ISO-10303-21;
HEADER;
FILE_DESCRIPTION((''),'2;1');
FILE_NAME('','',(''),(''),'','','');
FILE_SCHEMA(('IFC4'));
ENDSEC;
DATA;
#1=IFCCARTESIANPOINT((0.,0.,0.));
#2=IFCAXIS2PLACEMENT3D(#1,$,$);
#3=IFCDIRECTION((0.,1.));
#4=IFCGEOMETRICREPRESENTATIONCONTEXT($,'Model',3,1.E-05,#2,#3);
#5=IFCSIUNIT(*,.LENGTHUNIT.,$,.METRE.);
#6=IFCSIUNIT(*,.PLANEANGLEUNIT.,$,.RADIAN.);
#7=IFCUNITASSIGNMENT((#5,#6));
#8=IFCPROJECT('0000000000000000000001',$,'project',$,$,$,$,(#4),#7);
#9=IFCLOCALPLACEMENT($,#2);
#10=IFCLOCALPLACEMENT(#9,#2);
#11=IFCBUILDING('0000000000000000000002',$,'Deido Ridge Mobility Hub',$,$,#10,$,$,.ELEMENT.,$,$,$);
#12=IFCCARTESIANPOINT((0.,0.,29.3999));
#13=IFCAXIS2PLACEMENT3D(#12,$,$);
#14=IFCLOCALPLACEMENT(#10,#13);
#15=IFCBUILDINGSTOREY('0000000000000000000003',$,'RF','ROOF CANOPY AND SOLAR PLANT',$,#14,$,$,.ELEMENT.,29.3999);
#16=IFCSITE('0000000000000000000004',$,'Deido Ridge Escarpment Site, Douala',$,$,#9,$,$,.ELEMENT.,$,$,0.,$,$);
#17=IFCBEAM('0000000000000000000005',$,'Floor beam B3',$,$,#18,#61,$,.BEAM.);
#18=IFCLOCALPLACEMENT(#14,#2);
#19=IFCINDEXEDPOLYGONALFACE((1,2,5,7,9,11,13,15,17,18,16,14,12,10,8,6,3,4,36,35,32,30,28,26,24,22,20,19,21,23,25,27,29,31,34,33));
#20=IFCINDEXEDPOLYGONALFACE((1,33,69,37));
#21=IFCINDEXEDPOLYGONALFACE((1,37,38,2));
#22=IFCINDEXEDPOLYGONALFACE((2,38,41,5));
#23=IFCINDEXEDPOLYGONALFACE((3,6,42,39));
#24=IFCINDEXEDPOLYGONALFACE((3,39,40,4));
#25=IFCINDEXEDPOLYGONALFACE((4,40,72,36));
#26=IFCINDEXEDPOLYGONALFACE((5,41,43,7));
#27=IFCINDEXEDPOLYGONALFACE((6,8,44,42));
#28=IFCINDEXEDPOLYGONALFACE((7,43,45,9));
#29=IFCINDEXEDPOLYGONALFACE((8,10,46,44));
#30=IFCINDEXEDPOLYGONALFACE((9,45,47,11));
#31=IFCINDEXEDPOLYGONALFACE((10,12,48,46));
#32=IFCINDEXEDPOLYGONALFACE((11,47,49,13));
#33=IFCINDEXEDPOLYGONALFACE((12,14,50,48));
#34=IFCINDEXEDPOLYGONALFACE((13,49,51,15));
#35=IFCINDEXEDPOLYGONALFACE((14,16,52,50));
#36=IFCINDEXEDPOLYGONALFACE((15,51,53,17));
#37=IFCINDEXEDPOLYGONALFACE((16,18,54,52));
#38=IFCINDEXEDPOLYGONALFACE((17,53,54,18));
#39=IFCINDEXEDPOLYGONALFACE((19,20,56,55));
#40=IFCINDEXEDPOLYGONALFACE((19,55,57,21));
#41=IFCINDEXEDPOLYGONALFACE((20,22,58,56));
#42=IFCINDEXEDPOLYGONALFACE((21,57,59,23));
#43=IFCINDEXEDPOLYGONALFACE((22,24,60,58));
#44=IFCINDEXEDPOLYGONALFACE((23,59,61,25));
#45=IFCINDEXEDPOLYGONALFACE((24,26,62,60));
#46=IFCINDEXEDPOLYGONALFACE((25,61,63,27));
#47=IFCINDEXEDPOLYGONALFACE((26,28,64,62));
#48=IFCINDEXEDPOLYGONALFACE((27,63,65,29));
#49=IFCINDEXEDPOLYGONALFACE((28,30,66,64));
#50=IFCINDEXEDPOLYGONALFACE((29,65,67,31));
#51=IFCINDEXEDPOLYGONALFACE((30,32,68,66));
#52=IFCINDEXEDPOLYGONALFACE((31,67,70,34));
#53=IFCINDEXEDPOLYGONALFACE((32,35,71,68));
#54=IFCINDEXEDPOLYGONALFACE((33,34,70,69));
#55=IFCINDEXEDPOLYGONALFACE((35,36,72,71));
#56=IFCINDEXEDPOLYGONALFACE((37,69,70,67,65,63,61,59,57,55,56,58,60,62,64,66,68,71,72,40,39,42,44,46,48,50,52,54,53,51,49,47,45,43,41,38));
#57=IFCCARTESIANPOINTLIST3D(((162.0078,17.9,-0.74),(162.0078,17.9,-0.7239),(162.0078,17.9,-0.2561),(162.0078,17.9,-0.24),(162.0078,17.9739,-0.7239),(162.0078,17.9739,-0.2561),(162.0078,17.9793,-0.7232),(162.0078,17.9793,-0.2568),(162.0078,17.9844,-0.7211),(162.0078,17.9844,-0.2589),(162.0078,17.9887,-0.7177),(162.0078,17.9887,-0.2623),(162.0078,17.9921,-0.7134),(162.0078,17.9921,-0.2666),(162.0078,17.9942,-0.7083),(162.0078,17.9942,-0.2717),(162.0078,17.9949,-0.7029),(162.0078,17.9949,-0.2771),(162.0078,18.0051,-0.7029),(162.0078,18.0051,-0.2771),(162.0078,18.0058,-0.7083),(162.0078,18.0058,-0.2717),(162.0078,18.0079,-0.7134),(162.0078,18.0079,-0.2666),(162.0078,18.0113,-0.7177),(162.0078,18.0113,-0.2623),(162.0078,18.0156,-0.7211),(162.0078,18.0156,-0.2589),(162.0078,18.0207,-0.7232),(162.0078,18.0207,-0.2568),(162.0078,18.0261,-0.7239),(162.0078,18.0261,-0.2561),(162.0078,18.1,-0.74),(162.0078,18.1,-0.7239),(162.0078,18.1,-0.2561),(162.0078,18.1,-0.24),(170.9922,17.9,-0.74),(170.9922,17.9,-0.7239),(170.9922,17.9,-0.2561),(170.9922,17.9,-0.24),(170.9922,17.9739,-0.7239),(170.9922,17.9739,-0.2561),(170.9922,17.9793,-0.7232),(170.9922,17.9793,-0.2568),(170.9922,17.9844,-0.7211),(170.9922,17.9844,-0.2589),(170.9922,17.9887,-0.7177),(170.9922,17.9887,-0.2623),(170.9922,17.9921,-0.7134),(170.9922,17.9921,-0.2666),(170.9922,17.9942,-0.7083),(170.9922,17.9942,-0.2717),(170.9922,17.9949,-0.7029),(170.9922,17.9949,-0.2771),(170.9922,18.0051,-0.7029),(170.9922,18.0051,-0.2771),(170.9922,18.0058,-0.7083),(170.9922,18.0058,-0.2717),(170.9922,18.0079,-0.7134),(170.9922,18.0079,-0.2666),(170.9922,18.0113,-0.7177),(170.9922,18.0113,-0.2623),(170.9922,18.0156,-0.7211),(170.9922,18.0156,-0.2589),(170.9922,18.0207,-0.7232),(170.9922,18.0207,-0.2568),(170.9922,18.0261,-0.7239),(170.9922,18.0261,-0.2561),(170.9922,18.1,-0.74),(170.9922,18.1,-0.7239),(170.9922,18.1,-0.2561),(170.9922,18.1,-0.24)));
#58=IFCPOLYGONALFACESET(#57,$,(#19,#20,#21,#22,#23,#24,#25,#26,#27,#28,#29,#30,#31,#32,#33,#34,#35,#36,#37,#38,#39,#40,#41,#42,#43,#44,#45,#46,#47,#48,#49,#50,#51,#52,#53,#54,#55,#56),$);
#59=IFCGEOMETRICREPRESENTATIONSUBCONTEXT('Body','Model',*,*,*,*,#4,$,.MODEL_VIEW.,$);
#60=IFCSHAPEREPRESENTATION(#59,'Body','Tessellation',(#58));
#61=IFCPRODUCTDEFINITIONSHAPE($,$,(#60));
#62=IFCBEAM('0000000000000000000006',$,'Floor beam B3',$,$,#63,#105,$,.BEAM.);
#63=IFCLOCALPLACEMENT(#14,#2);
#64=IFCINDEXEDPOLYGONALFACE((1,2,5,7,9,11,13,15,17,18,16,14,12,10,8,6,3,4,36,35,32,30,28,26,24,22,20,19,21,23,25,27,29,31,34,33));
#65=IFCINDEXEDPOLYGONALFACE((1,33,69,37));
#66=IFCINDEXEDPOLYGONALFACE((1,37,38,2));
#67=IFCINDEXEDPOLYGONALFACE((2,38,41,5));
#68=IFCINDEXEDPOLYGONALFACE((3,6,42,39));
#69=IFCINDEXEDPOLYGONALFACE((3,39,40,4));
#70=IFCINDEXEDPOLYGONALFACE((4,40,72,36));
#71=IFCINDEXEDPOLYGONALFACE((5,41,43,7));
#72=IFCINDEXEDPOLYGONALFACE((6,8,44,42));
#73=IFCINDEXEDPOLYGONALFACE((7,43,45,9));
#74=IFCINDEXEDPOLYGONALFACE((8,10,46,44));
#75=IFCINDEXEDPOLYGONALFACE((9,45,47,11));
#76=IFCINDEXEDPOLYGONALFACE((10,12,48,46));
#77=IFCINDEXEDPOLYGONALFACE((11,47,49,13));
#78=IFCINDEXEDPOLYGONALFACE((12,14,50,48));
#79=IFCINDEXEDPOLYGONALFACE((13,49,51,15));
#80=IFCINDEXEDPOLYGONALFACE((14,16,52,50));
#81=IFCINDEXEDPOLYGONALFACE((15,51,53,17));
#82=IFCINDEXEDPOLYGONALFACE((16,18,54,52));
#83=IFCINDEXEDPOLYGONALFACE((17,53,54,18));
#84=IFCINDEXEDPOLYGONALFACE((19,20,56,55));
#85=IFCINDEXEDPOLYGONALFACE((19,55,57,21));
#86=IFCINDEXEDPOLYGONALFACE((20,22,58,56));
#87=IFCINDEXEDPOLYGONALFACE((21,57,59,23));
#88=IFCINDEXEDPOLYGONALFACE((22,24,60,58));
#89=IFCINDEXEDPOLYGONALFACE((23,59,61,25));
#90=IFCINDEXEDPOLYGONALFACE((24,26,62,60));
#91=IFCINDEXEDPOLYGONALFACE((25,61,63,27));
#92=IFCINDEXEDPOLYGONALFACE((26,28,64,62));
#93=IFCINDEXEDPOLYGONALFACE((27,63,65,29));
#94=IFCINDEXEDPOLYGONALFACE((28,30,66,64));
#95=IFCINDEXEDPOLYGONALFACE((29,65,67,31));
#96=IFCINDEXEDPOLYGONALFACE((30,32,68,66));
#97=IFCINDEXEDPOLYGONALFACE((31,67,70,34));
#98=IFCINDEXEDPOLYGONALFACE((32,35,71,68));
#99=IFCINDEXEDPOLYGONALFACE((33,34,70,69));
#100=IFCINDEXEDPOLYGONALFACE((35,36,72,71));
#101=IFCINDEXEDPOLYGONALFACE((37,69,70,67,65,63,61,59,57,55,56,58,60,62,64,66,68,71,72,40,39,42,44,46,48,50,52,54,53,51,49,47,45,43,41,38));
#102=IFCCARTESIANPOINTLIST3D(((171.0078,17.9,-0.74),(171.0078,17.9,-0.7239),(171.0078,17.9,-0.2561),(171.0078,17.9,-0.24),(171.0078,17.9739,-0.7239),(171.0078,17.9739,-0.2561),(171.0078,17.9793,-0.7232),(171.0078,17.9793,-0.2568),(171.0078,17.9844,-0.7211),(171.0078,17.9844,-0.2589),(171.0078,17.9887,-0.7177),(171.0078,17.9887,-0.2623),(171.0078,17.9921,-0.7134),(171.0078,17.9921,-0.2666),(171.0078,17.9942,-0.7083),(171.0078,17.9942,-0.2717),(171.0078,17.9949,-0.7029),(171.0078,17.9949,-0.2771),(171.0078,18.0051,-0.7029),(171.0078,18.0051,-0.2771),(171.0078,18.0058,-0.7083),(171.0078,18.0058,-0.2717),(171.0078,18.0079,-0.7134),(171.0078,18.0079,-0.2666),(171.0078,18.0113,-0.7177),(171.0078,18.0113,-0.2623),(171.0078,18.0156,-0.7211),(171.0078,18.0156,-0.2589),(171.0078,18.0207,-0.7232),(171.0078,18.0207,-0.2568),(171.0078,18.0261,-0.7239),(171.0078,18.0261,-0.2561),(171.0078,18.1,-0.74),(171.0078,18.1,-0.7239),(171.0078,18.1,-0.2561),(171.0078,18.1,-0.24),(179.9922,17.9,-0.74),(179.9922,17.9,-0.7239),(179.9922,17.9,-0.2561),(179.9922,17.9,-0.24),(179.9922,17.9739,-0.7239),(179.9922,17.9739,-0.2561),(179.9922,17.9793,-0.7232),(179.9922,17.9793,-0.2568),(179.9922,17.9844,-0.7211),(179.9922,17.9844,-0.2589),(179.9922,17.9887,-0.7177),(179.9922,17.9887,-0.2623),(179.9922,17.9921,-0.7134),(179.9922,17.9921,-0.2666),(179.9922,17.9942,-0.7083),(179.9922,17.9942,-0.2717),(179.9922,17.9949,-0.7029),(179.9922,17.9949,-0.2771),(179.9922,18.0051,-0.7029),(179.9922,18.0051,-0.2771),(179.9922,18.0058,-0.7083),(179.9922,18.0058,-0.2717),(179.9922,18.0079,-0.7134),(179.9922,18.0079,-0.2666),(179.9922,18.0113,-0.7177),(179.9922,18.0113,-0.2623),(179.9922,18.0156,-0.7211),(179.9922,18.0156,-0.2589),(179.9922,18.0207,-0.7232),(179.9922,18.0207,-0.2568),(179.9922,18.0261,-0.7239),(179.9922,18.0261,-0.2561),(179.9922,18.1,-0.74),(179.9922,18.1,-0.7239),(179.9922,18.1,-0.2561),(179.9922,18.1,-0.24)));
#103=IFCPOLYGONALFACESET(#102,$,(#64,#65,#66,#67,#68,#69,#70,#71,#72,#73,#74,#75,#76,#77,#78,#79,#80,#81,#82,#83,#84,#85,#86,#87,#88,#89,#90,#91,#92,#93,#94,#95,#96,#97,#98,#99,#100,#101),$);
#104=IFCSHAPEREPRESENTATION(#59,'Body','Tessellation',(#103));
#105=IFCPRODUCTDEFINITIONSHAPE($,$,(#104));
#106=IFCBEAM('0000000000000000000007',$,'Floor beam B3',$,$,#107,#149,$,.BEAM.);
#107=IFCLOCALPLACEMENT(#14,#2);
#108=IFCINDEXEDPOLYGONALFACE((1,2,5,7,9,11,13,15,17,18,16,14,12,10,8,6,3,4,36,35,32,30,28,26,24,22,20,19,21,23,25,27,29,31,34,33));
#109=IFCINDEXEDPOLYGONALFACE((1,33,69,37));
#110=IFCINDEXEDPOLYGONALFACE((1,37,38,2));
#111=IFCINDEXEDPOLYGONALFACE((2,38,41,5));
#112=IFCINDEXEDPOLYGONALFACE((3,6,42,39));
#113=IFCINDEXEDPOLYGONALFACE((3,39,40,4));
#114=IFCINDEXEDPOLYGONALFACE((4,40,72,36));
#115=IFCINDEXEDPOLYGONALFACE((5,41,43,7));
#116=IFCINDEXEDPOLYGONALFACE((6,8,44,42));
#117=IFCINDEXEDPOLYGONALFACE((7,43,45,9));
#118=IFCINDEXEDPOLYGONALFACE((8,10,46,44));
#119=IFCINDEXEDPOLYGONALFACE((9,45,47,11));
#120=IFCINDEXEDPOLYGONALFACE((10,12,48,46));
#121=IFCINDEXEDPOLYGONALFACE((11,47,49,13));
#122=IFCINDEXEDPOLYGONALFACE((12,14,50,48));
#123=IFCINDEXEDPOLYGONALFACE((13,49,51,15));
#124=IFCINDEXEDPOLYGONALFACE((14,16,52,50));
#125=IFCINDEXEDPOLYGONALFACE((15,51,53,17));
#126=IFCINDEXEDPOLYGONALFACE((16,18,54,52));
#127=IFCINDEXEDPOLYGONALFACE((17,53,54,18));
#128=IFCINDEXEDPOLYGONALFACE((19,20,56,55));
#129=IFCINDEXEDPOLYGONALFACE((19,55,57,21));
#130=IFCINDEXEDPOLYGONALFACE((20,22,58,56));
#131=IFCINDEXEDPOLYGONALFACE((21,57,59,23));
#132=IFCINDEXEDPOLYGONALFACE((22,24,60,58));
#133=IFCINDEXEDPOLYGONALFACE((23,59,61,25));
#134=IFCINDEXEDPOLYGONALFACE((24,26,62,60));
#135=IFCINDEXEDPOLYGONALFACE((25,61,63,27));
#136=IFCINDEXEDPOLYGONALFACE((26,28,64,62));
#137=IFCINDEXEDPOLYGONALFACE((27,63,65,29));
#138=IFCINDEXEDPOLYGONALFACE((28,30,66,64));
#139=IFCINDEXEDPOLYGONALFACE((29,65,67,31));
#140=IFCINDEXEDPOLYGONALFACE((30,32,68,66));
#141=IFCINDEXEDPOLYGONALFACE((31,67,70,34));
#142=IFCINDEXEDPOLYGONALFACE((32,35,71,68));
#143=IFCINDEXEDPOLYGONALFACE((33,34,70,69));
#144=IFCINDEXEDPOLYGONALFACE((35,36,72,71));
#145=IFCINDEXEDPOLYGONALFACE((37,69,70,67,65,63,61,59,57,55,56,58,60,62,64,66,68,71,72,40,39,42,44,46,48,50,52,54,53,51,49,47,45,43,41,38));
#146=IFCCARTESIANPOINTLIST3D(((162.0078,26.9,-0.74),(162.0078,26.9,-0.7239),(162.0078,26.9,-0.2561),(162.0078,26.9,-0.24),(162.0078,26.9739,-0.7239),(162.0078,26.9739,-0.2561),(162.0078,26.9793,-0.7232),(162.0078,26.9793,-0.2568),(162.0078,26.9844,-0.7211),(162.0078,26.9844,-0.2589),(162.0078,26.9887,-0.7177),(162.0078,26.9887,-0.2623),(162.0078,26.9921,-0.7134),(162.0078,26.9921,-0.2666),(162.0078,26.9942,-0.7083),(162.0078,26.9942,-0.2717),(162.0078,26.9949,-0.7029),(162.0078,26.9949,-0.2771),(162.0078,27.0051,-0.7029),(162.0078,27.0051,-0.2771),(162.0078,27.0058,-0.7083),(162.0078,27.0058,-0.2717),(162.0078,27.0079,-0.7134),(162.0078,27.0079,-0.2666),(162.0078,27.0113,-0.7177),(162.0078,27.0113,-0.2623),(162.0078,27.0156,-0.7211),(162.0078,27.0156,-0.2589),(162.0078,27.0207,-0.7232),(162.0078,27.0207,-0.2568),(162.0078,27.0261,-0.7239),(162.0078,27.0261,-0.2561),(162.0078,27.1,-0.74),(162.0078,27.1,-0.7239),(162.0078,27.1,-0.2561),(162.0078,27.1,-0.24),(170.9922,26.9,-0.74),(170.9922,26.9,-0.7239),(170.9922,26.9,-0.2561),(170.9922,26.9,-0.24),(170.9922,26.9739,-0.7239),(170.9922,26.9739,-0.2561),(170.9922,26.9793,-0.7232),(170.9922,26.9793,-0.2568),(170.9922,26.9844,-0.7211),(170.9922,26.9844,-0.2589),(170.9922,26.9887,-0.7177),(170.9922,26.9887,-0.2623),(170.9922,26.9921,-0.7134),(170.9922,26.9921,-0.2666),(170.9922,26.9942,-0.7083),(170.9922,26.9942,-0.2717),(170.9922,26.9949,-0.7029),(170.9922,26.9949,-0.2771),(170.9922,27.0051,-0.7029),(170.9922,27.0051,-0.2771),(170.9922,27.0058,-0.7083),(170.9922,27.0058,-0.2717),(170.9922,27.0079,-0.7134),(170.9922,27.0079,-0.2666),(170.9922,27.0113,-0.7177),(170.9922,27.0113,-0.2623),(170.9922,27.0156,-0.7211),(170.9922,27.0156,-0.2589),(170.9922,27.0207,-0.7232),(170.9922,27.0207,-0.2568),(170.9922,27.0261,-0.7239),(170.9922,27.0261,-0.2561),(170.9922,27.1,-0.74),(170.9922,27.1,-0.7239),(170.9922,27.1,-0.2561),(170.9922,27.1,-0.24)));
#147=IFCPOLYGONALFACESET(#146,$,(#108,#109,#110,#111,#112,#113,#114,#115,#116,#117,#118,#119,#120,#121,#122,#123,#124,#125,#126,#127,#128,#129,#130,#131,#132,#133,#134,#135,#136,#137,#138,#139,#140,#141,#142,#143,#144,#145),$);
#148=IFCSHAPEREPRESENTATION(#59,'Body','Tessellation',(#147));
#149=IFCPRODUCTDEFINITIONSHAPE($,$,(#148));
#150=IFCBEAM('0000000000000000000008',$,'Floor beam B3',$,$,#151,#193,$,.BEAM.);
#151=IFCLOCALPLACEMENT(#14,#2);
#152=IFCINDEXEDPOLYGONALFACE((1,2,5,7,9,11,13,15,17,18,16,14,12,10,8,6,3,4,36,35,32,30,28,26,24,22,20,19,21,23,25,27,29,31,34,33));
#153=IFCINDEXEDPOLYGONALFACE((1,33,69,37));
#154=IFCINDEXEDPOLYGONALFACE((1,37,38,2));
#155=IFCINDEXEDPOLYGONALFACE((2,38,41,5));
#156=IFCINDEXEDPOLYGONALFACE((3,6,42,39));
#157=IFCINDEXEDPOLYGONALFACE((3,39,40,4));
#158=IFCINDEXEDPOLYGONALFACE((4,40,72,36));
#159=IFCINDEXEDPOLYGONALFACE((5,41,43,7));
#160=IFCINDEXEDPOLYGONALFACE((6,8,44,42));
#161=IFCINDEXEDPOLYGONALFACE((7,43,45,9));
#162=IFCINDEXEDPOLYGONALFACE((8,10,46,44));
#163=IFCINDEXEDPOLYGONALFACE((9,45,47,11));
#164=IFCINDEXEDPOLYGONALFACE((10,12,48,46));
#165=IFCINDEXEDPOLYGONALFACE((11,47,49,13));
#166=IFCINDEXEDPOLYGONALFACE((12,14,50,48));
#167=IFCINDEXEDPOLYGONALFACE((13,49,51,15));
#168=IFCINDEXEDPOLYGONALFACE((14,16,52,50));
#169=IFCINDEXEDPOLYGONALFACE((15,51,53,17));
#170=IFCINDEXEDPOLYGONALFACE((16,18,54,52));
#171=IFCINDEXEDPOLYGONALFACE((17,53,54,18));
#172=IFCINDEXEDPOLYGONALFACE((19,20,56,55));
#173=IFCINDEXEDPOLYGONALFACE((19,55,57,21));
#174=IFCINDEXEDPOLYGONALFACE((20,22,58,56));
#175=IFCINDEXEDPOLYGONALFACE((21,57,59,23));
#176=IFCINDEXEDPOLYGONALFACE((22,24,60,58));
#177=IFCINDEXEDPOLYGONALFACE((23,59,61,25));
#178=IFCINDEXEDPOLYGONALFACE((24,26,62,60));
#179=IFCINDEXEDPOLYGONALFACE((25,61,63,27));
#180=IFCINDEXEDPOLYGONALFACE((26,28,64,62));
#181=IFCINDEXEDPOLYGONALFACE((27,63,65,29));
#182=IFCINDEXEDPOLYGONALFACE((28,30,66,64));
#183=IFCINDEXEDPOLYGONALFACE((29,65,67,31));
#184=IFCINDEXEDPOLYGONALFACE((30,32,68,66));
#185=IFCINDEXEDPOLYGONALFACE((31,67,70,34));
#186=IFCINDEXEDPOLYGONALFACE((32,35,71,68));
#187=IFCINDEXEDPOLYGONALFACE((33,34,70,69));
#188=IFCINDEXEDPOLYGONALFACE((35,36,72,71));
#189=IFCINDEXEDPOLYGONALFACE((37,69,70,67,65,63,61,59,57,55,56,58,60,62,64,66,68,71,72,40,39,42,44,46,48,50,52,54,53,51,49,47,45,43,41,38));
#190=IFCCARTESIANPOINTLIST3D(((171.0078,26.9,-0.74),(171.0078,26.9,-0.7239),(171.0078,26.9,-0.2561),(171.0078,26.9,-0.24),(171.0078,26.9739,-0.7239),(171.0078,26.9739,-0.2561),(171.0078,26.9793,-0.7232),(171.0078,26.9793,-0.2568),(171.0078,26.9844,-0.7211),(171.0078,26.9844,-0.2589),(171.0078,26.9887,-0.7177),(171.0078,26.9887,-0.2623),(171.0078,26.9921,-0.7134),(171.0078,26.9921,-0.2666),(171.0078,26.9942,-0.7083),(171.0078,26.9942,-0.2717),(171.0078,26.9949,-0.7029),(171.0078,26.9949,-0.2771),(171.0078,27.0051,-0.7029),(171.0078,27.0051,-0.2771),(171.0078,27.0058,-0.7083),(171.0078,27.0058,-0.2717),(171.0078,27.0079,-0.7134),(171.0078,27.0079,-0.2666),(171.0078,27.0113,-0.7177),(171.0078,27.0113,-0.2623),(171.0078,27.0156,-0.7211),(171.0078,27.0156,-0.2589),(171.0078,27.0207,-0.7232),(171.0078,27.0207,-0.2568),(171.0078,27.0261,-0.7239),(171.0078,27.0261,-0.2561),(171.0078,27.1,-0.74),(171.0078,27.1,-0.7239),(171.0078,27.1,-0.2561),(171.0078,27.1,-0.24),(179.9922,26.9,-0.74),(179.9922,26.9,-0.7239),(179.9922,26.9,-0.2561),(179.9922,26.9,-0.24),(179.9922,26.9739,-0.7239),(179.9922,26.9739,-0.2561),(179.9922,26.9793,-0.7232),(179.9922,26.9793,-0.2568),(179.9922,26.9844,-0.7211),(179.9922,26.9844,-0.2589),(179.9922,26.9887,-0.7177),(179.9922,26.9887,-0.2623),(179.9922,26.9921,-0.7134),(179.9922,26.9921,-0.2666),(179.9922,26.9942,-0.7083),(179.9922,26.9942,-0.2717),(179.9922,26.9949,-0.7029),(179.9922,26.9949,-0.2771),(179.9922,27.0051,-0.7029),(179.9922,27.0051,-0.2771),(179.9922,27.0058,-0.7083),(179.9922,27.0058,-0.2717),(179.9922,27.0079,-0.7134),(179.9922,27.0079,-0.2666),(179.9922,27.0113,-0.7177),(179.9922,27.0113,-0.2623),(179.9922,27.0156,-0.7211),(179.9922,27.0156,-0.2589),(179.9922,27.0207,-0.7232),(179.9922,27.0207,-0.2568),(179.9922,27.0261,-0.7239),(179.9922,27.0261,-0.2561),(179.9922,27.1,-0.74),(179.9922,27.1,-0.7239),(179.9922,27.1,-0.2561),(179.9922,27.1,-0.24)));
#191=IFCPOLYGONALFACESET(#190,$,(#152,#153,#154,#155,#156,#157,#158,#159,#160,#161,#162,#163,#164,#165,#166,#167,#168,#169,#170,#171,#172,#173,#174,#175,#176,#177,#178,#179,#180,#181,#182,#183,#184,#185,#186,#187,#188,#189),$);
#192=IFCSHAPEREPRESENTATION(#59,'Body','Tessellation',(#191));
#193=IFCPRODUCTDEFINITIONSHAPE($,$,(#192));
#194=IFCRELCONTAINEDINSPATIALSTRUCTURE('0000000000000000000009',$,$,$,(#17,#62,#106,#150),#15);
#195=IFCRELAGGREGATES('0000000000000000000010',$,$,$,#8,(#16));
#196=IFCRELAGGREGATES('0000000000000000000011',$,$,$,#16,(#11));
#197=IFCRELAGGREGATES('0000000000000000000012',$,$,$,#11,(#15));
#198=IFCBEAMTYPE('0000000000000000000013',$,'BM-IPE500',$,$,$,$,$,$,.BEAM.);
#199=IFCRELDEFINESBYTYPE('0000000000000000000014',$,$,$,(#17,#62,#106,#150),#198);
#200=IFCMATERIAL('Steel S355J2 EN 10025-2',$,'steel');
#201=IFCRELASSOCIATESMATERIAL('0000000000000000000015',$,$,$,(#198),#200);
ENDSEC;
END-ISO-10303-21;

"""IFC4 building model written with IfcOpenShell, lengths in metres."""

from ifc_helpers import new_model, si_unit, direction, frame, origin, origin_2d, place, context, subcontext, project, spatial, i_section, extrude, material, material_profile, profile_set, type_object, element, save


model = new_model("IFC4")

# Units and contexts
model_context = context("Model", 3, precision=1e-05, world=origin(), true_north=direction((0.0, 1.0)))
body_context = subcontext(model_context, "Body", "Model", "MODEL_VIEW")
ifc_project = project(units=[si_unit("LENGTHUNIT", "METRE"), si_unit("PLANEANGLEUNIT", "RADIAN")], contexts=[model_context])

# Site, building, storey
site_placement = place(None, origin())
site = spatial("IfcSite", under=ifc_project, at=site_placement, Name="Deido Ridge Escarpment Site, Douala", CompositionType="ELEMENT", RefElevation=0.0)
building_placement = place(site_placement, origin())
building = spatial("IfcBuilding", under=site, at=building_placement, Name="Deido Ridge Mobility Hub", CompositionType="ELEMENT")
storey_placement = place(building_placement, frame((0.0, 0.0, 29.3999)))
storey = spatial("IfcBuildingStorey", under=building, at=storey_placement, Name="RF", Description="ROOF CANOPY AND SOLAR PLANT", CompositionType="ELEMENT", Elevation=29.3999)

# Beams
ifc_material_1 = material(Name="Steel S355J2 EN 10025-2", Category="steel")
ifc_material_profile_1 = material_profile(ifc_material_1, i_section(OverallWidth=0.2, OverallDepth=0.5, WebThickness=0.0103, FlangeThickness=0.0161, FilletRadius=0.021, at=origin_2d()), Name="IPE 500")
ifc_profile_set_1 = profile_set([ifc_material_profile_1], Name="Steel S355J2 EN 10025-2")
beam_type_1 = type_object("IfcBeamType", Name="BM-IPE500", PredefinedType="BEAM", material=ifc_profile_set_1)
for number, where, z_axis, x_axis, name in (
    (1, (162.0078, 18.0, -0.49), (1.0, 0.0, 0.0), (0.0, 1.0, 0.0), "Floor beam B3"),
    (2, (171.0078, 18.0, -0.49), (1.0, 0.0, 0.0), (0.0, 1.0, 0.0), "Floor beam B3"),
    (3, (162.0078, 27.0, -0.49), (1.0, 0.0, 0.0), (0.0, 1.0, 0.0), "Floor beam B3"),
    (4, (171.0078, 27.0, -0.49), (1.0, 0.0, 0.0), (0.0, 1.0, 0.0), "Floor beam B3"),
):
    element("IfcBeam", number, at=place(storey_placement, frame(where, z_axis=z_axis, x_axis=x_axis)), inside=storey, type_object=beam_type_1, Name=name, PredefinedType="BEAM", context=body_context, shape_type="SweptSolid", body=[
        extrude(i_section(OverallWidth=0.2, OverallDepth=0.5, WebThickness=0.0103, FlangeThickness=0.0161, FilletRadius=0.021, at=origin_2d()), origin(), (0.0, 0.0, 1.0), 8.9844),
    ])

save(model, "model.ifc")
